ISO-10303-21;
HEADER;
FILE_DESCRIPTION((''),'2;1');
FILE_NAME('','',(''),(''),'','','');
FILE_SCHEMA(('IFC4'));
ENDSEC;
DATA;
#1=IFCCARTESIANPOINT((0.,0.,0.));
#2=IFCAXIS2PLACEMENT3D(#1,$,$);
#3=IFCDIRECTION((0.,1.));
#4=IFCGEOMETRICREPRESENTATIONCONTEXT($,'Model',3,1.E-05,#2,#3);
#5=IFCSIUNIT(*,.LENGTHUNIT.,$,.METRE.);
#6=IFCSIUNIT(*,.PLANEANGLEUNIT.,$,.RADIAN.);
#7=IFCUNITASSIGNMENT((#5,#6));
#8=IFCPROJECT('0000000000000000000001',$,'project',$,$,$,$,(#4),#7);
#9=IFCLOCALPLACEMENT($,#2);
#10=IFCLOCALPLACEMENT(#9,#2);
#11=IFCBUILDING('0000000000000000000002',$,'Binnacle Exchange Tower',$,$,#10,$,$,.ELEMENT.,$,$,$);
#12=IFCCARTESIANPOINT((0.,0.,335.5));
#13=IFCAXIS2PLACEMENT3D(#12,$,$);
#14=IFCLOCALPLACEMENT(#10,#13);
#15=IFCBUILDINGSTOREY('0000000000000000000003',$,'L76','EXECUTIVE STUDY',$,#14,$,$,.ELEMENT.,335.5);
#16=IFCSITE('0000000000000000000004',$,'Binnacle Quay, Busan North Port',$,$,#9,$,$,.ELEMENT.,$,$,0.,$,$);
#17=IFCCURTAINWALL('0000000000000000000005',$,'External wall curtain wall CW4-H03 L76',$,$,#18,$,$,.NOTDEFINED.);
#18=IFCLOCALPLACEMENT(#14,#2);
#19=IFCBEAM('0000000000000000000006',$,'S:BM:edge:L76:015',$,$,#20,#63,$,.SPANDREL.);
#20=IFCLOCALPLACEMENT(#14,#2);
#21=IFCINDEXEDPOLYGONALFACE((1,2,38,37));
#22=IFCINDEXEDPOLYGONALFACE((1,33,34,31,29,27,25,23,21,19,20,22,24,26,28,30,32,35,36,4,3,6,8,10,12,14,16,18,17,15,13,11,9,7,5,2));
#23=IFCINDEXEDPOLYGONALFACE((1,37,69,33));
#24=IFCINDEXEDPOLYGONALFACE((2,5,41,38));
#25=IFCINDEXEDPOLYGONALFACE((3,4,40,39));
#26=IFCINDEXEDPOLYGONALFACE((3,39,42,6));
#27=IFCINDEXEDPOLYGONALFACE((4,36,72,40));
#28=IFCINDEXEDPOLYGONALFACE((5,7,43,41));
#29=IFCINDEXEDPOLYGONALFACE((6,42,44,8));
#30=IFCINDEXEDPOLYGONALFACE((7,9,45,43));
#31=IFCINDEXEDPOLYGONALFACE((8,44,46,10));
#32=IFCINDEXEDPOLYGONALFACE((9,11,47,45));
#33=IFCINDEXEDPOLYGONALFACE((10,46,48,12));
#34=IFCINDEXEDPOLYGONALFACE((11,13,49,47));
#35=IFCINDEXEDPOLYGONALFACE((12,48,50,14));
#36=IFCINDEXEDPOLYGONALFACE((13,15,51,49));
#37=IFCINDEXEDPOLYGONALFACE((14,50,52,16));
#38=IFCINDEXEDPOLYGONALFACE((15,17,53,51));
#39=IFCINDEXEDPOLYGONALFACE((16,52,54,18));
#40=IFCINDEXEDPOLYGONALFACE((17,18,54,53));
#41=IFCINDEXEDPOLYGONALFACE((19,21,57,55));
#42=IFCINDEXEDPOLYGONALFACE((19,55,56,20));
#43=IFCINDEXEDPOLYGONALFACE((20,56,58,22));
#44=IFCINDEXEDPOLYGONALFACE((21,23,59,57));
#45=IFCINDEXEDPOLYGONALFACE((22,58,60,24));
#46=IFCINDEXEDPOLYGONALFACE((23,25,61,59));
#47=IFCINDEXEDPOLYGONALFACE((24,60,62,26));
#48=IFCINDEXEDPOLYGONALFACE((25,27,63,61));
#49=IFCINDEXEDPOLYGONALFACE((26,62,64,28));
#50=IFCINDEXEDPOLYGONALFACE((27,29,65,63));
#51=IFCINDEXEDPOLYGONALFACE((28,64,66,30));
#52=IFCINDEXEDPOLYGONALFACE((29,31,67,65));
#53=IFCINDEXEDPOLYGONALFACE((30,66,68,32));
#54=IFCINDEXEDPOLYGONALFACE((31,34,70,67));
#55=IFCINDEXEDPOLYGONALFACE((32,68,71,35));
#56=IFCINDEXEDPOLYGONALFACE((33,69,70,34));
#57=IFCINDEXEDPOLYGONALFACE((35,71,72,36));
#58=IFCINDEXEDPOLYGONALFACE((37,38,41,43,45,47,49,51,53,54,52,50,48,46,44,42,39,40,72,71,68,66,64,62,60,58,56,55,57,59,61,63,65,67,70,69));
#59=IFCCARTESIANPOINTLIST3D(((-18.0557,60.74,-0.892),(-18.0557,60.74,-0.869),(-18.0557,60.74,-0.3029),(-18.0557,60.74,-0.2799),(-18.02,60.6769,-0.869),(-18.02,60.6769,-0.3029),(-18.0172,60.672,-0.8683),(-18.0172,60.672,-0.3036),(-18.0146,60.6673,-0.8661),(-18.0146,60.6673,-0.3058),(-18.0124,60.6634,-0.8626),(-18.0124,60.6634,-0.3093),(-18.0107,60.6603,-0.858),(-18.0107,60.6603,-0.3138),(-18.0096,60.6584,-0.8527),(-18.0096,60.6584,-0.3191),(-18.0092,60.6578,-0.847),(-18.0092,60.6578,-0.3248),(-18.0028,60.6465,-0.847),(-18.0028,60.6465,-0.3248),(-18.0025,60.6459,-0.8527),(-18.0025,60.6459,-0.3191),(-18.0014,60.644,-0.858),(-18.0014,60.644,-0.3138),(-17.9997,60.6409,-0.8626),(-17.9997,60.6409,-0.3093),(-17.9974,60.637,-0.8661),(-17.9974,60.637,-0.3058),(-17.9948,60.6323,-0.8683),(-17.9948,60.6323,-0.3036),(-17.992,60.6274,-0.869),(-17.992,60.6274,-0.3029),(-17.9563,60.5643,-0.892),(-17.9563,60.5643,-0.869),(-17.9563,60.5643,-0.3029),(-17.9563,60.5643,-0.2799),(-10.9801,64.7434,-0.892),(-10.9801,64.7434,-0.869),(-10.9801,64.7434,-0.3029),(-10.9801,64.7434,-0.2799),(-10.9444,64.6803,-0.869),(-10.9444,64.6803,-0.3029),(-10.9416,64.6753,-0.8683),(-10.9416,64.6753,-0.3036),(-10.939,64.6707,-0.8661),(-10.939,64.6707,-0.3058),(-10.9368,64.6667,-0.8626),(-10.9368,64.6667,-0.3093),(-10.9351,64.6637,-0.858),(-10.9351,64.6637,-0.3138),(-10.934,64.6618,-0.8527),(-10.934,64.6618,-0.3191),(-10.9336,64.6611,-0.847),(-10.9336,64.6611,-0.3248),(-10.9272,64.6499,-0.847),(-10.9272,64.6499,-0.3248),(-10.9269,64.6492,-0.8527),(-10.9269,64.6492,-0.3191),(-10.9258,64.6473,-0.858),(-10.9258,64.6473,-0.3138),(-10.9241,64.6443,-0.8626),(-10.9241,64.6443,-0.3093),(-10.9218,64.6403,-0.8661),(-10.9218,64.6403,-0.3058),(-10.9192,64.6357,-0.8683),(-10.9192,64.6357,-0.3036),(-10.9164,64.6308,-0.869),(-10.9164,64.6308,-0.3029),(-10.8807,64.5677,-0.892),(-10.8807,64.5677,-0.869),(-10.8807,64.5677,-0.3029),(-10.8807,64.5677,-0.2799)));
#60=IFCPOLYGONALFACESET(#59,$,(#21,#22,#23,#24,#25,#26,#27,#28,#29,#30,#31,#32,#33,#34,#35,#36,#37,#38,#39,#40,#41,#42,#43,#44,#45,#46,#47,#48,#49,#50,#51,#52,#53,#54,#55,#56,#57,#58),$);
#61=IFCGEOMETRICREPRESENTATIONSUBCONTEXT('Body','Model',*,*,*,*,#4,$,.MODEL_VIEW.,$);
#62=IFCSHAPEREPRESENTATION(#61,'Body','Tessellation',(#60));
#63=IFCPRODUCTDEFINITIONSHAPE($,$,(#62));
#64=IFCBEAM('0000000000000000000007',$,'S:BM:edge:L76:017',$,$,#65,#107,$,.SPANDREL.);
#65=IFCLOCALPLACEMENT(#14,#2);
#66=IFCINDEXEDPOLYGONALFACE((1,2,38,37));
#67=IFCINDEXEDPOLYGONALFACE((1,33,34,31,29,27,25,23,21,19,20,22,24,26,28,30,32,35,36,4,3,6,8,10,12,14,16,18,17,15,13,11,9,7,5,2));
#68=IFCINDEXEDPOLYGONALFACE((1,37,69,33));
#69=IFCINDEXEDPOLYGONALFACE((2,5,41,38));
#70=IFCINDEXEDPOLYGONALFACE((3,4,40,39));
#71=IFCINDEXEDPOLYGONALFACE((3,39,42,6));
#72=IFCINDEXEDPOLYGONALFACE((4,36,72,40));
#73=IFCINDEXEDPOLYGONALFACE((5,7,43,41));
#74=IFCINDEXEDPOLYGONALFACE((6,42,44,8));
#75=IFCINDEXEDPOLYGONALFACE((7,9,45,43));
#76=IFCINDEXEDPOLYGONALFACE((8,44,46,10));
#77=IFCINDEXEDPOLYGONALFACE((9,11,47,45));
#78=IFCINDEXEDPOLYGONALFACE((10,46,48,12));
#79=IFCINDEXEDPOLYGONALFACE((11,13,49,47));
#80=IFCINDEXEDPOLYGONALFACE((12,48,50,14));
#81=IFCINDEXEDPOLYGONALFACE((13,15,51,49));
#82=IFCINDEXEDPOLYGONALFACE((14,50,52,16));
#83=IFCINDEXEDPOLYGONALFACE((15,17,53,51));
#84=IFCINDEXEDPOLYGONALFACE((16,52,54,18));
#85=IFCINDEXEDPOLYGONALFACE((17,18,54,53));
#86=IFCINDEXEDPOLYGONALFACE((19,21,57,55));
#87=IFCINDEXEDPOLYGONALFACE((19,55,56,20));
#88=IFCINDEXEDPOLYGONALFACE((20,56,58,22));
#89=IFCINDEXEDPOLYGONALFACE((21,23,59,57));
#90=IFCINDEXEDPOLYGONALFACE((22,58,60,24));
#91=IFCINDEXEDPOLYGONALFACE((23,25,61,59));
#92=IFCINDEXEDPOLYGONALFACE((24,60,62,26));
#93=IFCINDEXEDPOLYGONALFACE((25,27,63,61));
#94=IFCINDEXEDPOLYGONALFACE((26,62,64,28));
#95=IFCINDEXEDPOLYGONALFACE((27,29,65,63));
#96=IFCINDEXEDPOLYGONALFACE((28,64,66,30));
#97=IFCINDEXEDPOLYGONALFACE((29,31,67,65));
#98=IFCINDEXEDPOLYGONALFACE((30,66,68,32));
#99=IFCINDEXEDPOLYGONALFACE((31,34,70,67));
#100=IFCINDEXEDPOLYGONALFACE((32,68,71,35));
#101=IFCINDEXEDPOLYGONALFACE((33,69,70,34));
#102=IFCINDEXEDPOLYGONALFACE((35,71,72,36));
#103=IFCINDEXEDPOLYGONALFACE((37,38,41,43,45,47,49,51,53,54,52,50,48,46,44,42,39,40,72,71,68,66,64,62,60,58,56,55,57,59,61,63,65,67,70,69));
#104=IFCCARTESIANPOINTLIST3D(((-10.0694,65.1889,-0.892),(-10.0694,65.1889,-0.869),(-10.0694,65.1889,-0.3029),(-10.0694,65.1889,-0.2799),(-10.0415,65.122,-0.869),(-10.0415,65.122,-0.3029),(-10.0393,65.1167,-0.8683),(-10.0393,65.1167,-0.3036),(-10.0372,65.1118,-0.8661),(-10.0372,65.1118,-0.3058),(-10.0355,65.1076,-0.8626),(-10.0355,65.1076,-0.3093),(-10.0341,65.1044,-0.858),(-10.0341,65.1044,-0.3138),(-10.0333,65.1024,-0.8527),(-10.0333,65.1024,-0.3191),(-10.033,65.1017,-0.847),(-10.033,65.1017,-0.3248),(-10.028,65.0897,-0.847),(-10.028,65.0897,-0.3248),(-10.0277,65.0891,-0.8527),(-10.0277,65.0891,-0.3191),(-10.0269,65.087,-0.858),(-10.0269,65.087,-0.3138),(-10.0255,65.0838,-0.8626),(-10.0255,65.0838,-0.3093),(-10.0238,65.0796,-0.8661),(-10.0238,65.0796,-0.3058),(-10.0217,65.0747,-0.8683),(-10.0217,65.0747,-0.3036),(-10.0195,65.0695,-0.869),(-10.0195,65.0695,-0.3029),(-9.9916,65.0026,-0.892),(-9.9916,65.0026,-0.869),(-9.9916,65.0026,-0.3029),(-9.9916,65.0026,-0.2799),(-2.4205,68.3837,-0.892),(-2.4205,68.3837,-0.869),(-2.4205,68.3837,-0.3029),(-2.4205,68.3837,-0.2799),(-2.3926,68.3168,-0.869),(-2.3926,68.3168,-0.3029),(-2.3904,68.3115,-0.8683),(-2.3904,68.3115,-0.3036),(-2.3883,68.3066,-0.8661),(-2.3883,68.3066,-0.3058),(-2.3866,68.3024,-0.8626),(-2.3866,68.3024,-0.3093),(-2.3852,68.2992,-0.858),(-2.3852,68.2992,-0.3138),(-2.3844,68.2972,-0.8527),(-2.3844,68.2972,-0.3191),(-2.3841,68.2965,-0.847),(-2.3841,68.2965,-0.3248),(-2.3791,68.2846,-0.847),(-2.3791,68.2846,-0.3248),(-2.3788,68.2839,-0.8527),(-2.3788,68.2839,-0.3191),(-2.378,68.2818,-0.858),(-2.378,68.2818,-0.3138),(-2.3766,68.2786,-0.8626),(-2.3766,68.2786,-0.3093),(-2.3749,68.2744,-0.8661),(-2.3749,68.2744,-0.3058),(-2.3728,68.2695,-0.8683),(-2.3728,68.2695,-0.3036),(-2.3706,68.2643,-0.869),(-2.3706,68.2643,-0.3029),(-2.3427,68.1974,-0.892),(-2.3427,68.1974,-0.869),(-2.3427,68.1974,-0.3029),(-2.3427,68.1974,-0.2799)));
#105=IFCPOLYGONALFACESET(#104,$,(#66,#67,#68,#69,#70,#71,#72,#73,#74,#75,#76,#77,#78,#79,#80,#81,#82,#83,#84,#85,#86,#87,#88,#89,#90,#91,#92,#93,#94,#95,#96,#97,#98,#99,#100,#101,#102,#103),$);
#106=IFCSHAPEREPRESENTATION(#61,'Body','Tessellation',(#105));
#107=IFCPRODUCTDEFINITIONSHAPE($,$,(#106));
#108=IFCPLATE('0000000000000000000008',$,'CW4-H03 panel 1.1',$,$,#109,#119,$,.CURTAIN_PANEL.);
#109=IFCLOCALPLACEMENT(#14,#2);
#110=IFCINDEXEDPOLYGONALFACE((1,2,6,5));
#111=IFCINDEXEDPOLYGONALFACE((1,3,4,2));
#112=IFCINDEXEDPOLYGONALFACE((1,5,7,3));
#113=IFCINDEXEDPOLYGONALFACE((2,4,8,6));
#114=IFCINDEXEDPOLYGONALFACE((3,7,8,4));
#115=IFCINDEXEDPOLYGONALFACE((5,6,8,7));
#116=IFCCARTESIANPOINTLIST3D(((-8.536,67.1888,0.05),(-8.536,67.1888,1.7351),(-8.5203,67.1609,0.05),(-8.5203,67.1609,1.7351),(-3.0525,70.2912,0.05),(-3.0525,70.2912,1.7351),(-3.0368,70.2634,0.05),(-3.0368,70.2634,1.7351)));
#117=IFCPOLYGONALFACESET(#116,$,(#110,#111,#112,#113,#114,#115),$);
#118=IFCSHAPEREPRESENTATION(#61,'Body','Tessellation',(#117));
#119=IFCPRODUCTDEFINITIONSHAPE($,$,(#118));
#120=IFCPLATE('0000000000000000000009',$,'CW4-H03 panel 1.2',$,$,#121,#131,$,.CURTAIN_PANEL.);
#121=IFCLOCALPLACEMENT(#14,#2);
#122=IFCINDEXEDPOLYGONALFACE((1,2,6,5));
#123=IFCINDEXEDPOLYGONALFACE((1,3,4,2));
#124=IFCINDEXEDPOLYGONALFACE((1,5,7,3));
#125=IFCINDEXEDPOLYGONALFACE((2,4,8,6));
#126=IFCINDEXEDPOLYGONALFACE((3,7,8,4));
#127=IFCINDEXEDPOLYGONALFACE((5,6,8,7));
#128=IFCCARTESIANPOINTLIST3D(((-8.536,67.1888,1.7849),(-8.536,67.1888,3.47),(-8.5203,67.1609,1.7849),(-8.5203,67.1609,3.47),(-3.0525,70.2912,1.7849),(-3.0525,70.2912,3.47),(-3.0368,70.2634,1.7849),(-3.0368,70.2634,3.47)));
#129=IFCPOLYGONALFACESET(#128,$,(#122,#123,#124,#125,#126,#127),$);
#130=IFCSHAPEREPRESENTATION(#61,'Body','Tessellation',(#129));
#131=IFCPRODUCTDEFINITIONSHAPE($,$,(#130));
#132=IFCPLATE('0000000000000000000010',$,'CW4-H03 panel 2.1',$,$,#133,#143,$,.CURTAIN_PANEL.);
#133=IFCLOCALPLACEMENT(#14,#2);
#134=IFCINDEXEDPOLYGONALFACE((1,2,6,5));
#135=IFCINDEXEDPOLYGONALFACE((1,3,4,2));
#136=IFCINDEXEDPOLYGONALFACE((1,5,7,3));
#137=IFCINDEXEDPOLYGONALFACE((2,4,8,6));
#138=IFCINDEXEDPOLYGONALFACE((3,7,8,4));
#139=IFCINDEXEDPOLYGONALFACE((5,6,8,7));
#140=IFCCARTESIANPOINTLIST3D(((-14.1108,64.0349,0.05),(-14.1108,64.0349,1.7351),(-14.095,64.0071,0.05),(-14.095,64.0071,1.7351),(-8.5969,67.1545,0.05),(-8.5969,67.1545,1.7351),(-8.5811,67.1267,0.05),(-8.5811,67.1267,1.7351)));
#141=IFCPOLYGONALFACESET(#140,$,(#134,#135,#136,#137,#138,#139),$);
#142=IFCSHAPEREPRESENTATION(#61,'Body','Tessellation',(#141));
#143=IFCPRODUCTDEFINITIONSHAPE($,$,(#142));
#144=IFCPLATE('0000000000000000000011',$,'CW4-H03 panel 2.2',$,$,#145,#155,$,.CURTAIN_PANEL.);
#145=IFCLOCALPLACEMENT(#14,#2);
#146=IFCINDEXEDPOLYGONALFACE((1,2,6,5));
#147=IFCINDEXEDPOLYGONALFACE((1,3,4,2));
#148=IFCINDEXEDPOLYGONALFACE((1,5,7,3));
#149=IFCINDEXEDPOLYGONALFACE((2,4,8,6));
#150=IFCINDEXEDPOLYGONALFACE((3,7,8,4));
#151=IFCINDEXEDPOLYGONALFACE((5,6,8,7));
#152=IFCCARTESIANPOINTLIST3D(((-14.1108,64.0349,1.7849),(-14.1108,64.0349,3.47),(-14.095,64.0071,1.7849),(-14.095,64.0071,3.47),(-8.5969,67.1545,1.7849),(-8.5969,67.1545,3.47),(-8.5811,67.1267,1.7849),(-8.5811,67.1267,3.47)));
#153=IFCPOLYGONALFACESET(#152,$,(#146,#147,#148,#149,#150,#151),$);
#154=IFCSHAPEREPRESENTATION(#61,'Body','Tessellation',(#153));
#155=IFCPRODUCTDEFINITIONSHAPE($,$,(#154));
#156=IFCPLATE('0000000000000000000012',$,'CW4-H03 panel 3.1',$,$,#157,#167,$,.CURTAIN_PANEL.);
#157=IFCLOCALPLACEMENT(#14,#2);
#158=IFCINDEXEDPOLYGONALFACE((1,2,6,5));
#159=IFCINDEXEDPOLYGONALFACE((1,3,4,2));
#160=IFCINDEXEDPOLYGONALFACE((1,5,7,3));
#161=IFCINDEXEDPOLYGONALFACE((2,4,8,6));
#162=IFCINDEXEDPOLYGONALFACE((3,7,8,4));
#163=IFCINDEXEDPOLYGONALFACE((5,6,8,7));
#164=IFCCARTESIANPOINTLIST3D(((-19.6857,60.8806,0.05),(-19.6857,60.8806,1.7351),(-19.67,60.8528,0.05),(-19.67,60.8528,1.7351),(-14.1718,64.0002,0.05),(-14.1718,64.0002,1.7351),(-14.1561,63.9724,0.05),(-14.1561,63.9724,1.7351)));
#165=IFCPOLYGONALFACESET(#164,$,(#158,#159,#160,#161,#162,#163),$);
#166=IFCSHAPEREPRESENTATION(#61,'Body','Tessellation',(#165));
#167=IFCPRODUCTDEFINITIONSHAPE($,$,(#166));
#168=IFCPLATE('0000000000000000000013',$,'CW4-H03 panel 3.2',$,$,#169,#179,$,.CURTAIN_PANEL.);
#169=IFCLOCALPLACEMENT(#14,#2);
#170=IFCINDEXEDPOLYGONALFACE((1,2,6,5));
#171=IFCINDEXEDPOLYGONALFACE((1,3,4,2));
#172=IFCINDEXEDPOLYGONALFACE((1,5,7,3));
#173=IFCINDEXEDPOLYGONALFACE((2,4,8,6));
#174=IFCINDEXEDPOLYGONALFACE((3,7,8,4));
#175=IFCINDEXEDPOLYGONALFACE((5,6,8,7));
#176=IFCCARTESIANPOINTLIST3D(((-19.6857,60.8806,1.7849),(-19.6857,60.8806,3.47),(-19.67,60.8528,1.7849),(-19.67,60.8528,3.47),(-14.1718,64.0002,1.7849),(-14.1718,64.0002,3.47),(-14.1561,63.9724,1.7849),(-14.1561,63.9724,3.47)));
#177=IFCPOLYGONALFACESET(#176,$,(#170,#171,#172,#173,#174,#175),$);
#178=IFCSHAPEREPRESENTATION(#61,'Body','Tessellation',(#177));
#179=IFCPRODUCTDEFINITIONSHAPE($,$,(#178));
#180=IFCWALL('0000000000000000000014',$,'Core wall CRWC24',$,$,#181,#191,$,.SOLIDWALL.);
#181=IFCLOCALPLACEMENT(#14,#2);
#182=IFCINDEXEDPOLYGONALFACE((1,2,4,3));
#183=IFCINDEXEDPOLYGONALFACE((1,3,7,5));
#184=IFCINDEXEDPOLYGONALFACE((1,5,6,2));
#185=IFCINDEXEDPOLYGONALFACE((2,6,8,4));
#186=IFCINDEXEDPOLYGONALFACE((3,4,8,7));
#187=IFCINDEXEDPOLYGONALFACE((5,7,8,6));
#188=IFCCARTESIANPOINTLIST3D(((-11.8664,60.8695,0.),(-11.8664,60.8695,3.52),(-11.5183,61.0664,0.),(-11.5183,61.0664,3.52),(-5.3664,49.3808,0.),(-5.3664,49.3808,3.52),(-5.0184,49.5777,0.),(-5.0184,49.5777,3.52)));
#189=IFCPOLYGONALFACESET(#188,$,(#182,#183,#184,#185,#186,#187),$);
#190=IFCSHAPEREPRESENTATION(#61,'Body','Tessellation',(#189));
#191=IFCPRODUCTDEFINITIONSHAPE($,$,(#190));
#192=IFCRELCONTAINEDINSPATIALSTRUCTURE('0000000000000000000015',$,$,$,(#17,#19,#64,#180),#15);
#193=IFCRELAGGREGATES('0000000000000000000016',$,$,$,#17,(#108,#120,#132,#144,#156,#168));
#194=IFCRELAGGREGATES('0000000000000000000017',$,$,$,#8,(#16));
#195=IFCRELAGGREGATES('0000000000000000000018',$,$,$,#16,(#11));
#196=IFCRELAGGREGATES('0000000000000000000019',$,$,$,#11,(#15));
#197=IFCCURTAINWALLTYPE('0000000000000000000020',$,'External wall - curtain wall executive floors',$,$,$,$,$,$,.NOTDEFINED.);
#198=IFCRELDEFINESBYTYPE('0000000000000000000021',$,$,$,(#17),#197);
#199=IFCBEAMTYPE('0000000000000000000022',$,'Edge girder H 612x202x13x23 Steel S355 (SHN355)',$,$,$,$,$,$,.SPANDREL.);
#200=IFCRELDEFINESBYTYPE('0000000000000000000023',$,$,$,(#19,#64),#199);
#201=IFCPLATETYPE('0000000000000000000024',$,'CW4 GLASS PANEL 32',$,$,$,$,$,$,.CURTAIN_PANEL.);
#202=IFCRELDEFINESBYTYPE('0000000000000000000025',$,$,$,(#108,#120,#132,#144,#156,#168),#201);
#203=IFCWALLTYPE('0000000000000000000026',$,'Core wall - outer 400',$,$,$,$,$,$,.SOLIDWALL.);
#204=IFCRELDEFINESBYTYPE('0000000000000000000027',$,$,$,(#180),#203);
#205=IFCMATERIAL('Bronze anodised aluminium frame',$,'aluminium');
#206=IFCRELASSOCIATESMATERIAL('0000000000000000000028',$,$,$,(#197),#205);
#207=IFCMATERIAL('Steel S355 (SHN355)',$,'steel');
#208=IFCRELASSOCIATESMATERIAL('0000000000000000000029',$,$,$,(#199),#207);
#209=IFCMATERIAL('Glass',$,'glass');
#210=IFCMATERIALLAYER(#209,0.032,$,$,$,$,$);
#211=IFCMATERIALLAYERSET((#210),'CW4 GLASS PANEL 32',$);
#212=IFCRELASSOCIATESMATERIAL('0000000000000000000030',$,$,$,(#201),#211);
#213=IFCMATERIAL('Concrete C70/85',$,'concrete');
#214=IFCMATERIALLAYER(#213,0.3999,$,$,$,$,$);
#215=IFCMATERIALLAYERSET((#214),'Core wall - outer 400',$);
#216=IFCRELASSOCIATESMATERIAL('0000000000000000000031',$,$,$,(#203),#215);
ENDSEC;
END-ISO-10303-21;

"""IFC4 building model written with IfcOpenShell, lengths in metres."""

from ifc_helpers import new_model, si_unit, direction, frame, frame_2d, origin, origin_2d, place, context, subcontext, project, spatial, rectangle, i_section, extrude, material, layer, layer_set, material_profile, profile_set, type_object, element, aggregate, save


model = new_model("IFC4")

# Units and contexts
model_context = context("Model", 3, precision=1e-05, world=origin(), true_north=direction((0.0, 1.0)))
body_context = subcontext(model_context, "Body", "Model", "MODEL_VIEW")
ifc_project = project(units=[si_unit("LENGTHUNIT", "METRE"), si_unit("PLANEANGLEUNIT", "RADIAN")], contexts=[model_context])

# Site, building, storey
site_placement = place(None, origin())
site = spatial("IfcSite", under=ifc_project, at=site_placement, Name="Binnacle Quay, Busan North Port", CompositionType="ELEMENT", RefElevation=0.0)
building_placement = place(site_placement, origin())
building = spatial("IfcBuilding", under=site, at=building_placement, Name="Binnacle Exchange Tower", CompositionType="ELEMENT")
storey_placement = place(building_placement, frame((0.0, 0.0, 335.5)))
storey = spatial("IfcBuildingStorey", under=building, at=storey_placement, Name="L76", Description="EXECUTIVE STUDY", CompositionType="ELEMENT", Elevation=335.5)

# Curtain wall
ifc_material_1 = material(Name="Bronze anodised aluminium frame", Category="aluminium")
curtain_wall_type = type_object("IfcCurtainWallType", Name="External wall - curtain wall executive floors", PredefinedType="NOTDEFINED", material=ifc_material_1)
curtain_wall_placement = place(storey_placement, origin())
curtain_wall = element("IfcCurtainWall", 1, at=curtain_wall_placement, inside=storey, type_object=curtain_wall_type, Name="External wall curtain wall CW4-H03 L76", PredefinedType="NOTDEFINED")

# Beams
ifc_material_2 = material(Name="Steel S355 (SHN355)", Category="steel")
ifc_material_profile_1 = material_profile(ifc_material_2, i_section(OverallWidth=0.2019, OverallDepth=0.6121, WebThickness=0.0129, FlangeThickness=0.0229, FilletRadius=0.022, at=origin_2d()), Name="H 612x202x13x23")
ifc_profile_set_1 = profile_set([ifc_material_profile_1], Name="Steel S355 (SHN355)")
beam_type = type_object("IfcBeamType", Name="Edge girder H 612x202x13x23 Steel S355 (SHN355)", PredefinedType="SPANDREL", material=ifc_profile_set_1)
beam_1_placement = place(storey_placement, frame((-10.9304, 64.6555, -0.5859), z_axis=(-0.870346, -0.492441, 0.0), x_axis=(0.492441, -0.870346, 0.0)))
element("IfcBeam", 2, at=beam_1_placement, inside=storey, type_object=beam_type, Name="S:BM:edge:L76:015", PredefinedType="SPANDREL", context=body_context, shape_type="SweptSolid", body=[
    extrude(i_section(OverallWidth=0.2019, OverallDepth=0.6121, WebThickness=0.0129, FlangeThickness=0.0229, FilletRadius=0.022, at=origin_2d()), origin(), (0.0, 0.0, 1.0), 8.1296),
])
beam_2_placement = place(storey_placement, frame((-2.3816, 68.2905, -0.5859), z_axis=(-0.922744, -0.385414, 0.0), x_axis=(0.385414, -0.922744, 0.0)))
element("IfcBeam", 3, at=beam_2_placement, inside=storey, type_object=beam_type, Name="S:BM:edge:L76:017", PredefinedType="SPANDREL", context=body_context, shape_type="SweptSolid", body=[
    extrude(i_section(OverallWidth=0.2019, OverallDepth=0.6121, WebThickness=0.0129, FlangeThickness=0.0229, FilletRadius=0.022, at=origin_2d()), origin(), (0.0, 0.0, 1.0), 8.2893),
])

# Plates
ifc_material_3 = material(Name="Glass", Category="glass")
ifc_layer_1 = layer(ifc_material_3, 0.032)
ifc_layer_set_1 = layer_set([ifc_layer_1], Name="CW4 GLASS PANEL 32")
plate_type = type_object("IfcPlateType", Name="CW4 GLASS PANEL 32", PredefinedType="CURTAIN_PANEL", material=ifc_layer_set_1)
plate_1_placement = place(storey_placement, frame((-5.7864, 68.7261, 0.05), z_axis=(0.0, 0.0, 1.0), x_axis=(-0.870356, -0.492424, 0.0)))
plate_1 = element("IfcPlate", 4, at=plate_1_placement, type_object=plate_type, Name="CW4-H03 panel 1.1", PredefinedType="CURTAIN_PANEL", context=body_context, shape_type="SweptSolid", body=[
    extrude(rectangle(XDim=6.3003, YDim=0.032, at=origin_2d()), origin(), (0.0, 0.0, 1.0), 1.6851),
])
plate_2_placement = place(storey_placement, frame((-5.7864, 68.7261, 1.7849), z_axis=(0.0, 0.0, 1.0), x_axis=(-0.870356, -0.492424, 0.0)))
plate_2 = element("IfcPlate", 5, at=plate_2_placement, type_object=plate_type, Name="CW4-H03 panel 1.2", PredefinedType="CURTAIN_PANEL", context=body_context, shape_type="SweptSolid", body=[
    extrude(rectangle(XDim=6.3003, YDim=0.032, at=origin_2d()), origin(), (0.0, 0.0, 1.0), 1.6851),
])
plate_3_placement = place(storey_placement, frame((-11.3459, 65.5808, 0.05), z_axis=(0.0, 0.0, 1.0), x_axis=(-0.870356, -0.492424, 0.0)))
plate_3 = element("IfcPlate", 6, at=plate_3_placement, type_object=plate_type, Name="CW4-H03 panel 2.1", PredefinedType="CURTAIN_PANEL", context=body_context, shape_type="SweptSolid", body=[
    extrude(rectangle(XDim=6.3352, YDim=0.032, at=origin_2d()), origin(), (0.0, 0.0, 1.0), 1.6851),
])
plate_4_placement = place(storey_placement, frame((-11.3459, 65.5808, 1.7849), z_axis=(0.0, 0.0, 1.0), x_axis=(-0.870356, -0.492424, 0.0)))
plate_4 = element("IfcPlate", 7, at=plate_4_placement, type_object=plate_type, Name="CW4-H03 panel 2.2", PredefinedType="CURTAIN_PANEL", context=body_context, shape_type="SweptSolid", body=[
    extrude(rectangle(XDim=6.3352, YDim=0.032, at=origin_2d()), origin(), (0.0, 0.0, 1.0), 1.6851),
])
plate_5_placement = place(storey_placement, frame((-16.9209, 62.4265, 0.05), z_axis=(0.0, 0.0, 1.0), x_axis=(-0.870356, -0.492424, 0.0)))
plate_5 = element("IfcPlate", 8, at=plate_5_placement, type_object=plate_type, Name="CW4-H03 panel 3.1", PredefinedType="CURTAIN_PANEL", context=body_context, shape_type="SweptSolid", body=[
    extrude(rectangle(XDim=6.3352, YDim=0.032, at=origin_2d()), origin(), (0.0, 0.0, 1.0), 1.6851),
])
plate_6_placement = place(storey_placement, frame((-16.9209, 62.4265, 1.7849), z_axis=(0.0, 0.0, 1.0), x_axis=(-0.870356, -0.492424, 0.0)))
plate_6 = element("IfcPlate", 9, at=plate_6_placement, type_object=plate_type, Name="CW4-H03 panel 3.2", PredefinedType="CURTAIN_PANEL", context=body_context, shape_type="SweptSolid", body=[
    extrude(rectangle(XDim=6.3352, YDim=0.032, at=origin_2d()), origin(), (0.0, 0.0, 1.0), 1.6851),
])
aggregate(curtain_wall, [plate_1, plate_2, plate_3, plate_4, plate_5, plate_6])

# Wall
ifc_material_4 = material(Name="Concrete C70/85", Category="concrete")
ifc_layer_2 = layer(ifc_material_4, 0.3999)
ifc_layer_set_2 = layer_set([ifc_layer_2], Name="Core wall - outer 400")
wall_type_1 = type_object("IfcWallType", Name="Core wall - outer 400", PredefinedType="SOLIDWALL", material=ifc_layer_set_2)
wall_1_placement = place(storey_placement, frame((-11.6924, 60.968, 0.0), z_axis=(0.0, 0.0, 1.0), x_axis=(0.492422, -0.870357, 0.0)))
element("IfcWall", 10, at=wall_1_placement, inside=storey, type_object=wall_type_1, Name="Core wall CRWC24", PredefinedType="SOLIDWALL", context=body_context, shape_type="SweptSolid", body=[
    extrude(rectangle(XDim=13.2, YDim=0.3999, at=frame_2d((6.6001, 0.0))), origin(), (0.0, 0.0, 1.0), 3.52),
])

save(model, "model.ifc")
